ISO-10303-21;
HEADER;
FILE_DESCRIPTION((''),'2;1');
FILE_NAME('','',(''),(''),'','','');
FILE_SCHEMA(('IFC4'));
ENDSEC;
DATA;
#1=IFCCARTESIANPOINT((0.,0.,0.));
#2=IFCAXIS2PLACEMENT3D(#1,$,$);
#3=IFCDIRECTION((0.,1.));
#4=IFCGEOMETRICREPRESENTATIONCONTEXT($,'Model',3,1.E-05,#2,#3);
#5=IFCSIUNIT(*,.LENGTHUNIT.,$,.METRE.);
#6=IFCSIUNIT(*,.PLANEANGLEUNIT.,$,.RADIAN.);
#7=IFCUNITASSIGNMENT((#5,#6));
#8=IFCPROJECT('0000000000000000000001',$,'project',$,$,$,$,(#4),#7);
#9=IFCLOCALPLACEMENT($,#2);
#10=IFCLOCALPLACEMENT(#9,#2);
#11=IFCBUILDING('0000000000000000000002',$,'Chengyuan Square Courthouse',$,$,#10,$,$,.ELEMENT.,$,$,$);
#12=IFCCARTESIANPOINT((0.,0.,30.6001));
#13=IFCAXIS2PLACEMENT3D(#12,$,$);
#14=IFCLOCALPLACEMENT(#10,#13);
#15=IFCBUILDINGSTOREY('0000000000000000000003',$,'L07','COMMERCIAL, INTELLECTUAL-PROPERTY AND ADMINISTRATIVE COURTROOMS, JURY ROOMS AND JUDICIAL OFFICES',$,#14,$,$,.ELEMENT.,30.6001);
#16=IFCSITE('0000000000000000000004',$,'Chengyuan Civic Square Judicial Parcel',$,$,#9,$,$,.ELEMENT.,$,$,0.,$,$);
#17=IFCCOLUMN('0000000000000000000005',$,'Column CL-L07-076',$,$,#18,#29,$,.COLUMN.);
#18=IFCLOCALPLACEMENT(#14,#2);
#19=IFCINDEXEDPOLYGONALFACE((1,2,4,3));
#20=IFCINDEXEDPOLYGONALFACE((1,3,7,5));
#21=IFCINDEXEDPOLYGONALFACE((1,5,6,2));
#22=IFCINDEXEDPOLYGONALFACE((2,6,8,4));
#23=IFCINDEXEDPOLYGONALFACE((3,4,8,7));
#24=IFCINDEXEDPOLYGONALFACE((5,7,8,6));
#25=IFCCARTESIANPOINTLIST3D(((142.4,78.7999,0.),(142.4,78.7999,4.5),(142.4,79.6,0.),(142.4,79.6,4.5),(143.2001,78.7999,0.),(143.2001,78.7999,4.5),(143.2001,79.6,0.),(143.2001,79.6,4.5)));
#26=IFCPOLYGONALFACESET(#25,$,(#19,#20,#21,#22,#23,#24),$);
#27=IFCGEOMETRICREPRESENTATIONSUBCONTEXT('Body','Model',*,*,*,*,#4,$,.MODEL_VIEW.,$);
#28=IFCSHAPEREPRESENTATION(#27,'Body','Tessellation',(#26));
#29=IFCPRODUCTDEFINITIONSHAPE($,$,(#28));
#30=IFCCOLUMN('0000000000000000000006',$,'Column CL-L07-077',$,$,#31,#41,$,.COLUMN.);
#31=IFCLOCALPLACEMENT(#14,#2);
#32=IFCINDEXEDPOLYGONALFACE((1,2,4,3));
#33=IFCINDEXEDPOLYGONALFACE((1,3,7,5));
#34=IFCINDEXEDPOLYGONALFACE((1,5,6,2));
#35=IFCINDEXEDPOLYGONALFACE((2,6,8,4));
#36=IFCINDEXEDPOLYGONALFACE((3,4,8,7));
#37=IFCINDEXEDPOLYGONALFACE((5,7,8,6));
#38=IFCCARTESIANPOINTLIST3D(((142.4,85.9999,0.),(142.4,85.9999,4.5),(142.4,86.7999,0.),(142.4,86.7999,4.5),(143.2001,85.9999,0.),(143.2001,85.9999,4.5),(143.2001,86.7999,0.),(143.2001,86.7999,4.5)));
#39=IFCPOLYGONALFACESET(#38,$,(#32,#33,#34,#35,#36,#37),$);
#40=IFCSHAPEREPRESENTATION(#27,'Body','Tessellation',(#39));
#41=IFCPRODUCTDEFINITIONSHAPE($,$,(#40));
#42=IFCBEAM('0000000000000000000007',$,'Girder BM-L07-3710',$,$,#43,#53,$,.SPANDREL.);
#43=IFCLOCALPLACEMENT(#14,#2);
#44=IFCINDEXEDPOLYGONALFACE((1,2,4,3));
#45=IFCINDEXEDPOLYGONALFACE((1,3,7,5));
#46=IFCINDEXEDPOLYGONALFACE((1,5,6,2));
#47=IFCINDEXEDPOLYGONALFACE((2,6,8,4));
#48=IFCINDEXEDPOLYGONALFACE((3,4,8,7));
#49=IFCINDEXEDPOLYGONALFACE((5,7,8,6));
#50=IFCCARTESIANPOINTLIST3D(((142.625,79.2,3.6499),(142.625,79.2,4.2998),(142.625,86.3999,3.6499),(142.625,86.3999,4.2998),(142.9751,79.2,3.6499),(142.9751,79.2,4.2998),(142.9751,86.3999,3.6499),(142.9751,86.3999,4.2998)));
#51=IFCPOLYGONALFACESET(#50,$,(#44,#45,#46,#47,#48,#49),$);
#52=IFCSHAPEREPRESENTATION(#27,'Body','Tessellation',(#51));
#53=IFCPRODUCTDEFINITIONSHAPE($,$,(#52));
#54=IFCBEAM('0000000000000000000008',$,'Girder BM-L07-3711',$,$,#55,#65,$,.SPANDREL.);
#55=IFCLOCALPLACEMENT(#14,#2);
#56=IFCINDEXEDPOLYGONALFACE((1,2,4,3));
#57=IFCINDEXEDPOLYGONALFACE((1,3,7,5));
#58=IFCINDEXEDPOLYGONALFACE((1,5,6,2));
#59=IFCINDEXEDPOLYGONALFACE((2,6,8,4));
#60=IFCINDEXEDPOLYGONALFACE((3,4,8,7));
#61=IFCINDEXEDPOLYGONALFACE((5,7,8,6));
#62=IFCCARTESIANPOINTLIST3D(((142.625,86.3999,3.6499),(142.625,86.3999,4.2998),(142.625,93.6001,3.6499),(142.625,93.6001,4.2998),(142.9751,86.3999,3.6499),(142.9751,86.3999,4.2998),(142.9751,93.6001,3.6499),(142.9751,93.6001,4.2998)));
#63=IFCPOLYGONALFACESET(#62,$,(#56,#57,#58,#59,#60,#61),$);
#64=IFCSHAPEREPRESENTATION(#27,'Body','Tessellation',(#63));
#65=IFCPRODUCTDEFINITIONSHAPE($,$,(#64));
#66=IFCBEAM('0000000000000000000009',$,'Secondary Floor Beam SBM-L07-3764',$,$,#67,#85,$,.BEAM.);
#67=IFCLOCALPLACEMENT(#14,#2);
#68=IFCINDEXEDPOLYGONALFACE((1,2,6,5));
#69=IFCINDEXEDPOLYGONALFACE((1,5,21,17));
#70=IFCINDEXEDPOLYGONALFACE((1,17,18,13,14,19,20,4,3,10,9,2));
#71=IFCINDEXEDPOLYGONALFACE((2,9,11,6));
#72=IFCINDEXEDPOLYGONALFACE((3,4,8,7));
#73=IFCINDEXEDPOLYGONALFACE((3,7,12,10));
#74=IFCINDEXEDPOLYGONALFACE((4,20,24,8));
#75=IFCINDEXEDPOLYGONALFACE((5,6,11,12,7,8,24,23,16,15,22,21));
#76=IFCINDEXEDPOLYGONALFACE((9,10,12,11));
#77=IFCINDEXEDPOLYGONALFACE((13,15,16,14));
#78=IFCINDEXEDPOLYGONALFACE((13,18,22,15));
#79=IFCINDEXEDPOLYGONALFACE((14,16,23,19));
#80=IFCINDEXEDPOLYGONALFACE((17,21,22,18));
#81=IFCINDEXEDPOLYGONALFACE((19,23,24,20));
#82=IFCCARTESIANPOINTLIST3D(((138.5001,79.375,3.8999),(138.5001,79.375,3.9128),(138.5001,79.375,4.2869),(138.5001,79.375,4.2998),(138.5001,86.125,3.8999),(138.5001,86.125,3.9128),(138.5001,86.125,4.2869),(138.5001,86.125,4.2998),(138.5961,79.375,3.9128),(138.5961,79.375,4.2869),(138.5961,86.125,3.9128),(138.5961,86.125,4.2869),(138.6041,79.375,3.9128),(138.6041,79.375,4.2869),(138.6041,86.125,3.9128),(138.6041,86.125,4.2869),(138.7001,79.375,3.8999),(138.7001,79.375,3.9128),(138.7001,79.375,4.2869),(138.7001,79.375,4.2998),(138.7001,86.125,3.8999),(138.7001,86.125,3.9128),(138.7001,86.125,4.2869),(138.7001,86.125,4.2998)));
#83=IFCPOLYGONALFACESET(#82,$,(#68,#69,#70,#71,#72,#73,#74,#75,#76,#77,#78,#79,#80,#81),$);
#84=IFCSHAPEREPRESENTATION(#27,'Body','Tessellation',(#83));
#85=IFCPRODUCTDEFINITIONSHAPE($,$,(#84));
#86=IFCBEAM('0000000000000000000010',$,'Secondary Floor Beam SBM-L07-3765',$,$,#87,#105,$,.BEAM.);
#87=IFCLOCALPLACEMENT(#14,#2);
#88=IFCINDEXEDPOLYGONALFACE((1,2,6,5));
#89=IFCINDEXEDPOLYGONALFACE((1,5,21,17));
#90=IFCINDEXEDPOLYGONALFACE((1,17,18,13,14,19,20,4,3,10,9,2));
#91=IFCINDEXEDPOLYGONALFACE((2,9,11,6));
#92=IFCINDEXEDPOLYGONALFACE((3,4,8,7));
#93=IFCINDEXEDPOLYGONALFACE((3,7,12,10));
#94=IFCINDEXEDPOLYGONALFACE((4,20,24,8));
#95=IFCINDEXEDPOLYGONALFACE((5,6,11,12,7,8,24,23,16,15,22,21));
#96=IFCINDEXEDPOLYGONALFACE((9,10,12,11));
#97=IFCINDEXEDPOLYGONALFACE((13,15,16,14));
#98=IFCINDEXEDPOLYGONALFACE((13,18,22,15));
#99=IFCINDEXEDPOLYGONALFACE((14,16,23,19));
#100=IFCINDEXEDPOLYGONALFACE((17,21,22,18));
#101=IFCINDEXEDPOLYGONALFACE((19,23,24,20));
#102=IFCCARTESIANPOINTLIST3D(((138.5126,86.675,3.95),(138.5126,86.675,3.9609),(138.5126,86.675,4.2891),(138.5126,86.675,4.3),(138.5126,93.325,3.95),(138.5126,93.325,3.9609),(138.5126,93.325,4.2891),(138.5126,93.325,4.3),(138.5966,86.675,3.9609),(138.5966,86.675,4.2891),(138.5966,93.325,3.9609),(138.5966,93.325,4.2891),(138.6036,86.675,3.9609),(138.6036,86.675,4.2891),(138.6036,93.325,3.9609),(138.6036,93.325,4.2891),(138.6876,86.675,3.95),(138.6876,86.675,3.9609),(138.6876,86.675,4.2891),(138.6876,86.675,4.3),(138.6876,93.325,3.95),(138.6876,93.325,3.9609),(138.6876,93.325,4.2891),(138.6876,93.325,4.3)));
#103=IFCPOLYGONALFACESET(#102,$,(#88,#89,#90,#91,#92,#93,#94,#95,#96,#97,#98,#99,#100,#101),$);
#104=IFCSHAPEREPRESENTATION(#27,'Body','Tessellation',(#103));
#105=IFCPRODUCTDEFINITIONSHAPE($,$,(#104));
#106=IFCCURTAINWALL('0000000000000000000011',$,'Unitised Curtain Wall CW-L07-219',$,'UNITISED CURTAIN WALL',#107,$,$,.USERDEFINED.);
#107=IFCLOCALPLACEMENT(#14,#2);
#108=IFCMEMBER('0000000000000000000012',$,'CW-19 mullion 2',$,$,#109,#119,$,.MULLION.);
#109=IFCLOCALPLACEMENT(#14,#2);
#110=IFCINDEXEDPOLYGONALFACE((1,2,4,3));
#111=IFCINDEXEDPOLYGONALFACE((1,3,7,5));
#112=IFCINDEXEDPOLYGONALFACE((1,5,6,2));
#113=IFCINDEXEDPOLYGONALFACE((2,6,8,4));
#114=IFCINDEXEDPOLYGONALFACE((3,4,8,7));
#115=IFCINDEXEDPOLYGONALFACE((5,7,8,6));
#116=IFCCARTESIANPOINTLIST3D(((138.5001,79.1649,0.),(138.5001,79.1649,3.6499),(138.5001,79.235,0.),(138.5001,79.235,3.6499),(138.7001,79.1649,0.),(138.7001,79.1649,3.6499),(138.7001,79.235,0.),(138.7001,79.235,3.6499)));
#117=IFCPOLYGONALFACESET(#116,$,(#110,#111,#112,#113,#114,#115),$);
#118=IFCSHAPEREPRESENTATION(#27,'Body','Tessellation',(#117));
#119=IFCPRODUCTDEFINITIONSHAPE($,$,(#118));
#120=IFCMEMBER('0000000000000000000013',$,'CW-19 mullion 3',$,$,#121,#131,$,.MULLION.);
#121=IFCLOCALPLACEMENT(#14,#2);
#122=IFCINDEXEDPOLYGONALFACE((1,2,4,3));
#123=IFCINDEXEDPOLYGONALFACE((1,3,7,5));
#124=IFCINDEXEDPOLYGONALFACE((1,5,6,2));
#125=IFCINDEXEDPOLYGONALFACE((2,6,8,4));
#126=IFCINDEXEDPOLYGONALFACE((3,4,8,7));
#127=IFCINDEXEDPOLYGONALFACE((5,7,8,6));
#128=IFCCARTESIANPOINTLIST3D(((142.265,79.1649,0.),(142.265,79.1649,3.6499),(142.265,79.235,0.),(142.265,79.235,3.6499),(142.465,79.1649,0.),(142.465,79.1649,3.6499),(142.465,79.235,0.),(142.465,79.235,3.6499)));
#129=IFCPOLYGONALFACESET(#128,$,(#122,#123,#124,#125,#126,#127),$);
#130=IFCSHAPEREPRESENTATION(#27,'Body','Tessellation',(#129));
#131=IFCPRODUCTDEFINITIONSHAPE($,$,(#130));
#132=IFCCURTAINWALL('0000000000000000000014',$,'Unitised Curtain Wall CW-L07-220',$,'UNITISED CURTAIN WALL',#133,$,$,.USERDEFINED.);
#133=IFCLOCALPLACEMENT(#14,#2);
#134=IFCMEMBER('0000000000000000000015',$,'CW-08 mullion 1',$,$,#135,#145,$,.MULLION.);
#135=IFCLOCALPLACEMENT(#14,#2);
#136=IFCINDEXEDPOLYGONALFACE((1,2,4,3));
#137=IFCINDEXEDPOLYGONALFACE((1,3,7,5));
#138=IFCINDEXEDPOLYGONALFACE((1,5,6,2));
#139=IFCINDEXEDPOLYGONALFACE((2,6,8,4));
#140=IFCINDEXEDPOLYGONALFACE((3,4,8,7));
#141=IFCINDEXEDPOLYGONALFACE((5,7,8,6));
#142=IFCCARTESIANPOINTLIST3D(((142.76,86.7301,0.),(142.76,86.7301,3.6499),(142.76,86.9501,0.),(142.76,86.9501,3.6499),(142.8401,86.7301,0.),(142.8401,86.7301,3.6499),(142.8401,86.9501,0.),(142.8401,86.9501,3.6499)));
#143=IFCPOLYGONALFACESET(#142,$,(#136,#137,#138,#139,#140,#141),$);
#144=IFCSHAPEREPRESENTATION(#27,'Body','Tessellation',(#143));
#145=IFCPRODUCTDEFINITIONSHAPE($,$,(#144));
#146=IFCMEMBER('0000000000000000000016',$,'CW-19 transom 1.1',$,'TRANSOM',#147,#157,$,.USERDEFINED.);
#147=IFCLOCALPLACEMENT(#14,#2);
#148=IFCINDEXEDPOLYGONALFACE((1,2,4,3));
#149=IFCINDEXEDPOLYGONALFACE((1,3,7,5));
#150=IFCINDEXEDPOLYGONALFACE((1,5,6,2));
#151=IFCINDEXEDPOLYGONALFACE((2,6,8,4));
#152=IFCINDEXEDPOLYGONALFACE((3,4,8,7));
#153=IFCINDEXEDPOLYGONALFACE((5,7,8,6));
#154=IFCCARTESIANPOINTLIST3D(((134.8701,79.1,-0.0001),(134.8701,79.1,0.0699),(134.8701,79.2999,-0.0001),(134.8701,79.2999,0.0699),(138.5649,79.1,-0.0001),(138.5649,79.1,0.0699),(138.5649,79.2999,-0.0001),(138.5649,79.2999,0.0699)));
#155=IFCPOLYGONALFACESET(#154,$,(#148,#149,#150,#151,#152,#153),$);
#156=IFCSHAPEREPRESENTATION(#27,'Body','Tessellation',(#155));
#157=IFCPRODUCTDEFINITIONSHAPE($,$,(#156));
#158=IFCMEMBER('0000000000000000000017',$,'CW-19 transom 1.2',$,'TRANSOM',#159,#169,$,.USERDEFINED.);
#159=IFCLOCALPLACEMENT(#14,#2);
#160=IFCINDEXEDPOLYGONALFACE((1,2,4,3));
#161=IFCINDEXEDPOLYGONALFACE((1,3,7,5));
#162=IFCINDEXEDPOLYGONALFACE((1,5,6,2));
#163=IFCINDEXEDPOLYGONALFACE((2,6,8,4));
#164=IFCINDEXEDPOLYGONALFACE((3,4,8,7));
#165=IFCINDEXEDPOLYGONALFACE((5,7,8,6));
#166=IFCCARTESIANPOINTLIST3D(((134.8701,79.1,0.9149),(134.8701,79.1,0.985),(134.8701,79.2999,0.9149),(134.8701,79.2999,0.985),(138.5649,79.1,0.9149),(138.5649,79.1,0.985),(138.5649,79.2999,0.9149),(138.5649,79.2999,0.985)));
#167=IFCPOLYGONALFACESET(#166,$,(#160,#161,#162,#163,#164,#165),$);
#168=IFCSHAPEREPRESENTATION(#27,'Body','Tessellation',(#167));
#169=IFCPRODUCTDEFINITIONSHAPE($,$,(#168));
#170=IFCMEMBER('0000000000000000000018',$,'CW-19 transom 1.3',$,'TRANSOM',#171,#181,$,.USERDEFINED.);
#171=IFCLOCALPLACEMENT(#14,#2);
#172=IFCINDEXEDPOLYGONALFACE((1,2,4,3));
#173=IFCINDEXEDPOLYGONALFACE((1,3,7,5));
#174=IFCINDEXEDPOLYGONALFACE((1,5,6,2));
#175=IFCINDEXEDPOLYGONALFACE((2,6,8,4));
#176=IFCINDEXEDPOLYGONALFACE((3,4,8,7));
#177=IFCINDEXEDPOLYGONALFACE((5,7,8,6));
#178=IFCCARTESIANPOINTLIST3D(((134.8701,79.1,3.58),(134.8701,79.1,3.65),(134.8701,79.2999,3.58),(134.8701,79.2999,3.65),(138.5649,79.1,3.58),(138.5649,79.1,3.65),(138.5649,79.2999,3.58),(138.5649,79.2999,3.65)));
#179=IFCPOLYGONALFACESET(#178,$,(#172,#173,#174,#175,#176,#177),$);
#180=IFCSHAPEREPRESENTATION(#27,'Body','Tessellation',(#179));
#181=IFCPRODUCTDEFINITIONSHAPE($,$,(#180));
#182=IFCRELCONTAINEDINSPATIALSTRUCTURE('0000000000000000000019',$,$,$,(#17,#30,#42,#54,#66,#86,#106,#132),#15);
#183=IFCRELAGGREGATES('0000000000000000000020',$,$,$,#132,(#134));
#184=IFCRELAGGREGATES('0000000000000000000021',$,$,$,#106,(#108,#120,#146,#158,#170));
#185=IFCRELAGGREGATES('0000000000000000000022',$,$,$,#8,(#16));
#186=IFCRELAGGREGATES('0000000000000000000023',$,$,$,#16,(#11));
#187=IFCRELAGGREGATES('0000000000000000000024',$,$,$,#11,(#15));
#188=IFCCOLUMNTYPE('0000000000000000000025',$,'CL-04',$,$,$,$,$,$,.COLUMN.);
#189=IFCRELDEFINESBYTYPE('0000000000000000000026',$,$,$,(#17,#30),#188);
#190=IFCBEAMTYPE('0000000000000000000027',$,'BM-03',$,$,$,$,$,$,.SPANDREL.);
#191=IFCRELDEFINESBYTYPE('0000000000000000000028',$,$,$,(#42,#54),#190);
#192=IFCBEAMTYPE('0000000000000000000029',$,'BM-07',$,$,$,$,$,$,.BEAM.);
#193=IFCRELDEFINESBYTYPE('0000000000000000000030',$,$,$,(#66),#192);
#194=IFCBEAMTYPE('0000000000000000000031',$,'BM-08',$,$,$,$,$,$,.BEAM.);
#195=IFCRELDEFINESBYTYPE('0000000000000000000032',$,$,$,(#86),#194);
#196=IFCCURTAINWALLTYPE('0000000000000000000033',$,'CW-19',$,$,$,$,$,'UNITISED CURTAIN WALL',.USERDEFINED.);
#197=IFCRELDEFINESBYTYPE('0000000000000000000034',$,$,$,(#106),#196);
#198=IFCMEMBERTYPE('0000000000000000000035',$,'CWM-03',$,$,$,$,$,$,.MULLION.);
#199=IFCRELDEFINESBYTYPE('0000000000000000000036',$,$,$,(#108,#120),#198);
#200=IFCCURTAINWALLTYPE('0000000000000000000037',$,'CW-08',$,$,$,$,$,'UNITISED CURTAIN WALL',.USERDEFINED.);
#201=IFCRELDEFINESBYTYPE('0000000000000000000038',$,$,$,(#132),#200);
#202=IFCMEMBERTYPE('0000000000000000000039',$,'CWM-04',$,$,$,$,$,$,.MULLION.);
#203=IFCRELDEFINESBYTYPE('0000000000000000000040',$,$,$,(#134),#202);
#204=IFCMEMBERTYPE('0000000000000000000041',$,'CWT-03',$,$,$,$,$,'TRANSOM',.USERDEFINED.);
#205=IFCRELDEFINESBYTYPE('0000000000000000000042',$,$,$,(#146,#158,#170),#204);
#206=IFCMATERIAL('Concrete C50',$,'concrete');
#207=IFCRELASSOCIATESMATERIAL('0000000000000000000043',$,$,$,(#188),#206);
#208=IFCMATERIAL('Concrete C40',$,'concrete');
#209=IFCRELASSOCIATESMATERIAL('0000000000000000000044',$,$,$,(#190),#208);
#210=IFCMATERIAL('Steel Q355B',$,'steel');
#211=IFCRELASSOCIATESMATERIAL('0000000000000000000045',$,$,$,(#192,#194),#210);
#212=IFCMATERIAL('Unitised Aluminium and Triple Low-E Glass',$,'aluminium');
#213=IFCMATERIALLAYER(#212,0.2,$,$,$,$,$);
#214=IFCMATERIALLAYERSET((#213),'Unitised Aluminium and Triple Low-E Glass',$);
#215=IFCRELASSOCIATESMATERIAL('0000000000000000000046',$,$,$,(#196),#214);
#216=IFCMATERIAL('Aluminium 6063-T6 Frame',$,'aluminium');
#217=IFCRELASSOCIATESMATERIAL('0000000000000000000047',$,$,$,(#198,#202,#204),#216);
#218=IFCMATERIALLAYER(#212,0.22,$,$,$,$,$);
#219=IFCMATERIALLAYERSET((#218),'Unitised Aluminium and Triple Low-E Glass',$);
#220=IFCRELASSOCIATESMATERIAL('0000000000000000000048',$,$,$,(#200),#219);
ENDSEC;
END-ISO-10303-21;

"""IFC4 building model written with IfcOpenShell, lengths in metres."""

from ifc_helpers import new_model, si_unit, direction, frame, origin, origin_2d, place, context, subcontext, project, spatial, rectangle, i_section, extrude, material, layer, layer_set, material_profile, profile_set, type_object, element, aggregate, save


model = new_model("IFC4")

# Units and contexts
model_context = context("Model", 3, precision=1e-05, world=origin(), true_north=direction((0.0, 1.0)))
body_context = subcontext(model_context, "Body", "Model", "MODEL_VIEW")
ifc_project = project(units=[si_unit("LENGTHUNIT", "METRE"), si_unit("PLANEANGLEUNIT", "RADIAN")], contexts=[model_context])

# Site, building, storey
site_placement = place(None, origin())
site = spatial("IfcSite", under=ifc_project, at=site_placement, Name="Chengyuan Civic Square Judicial Parcel", CompositionType="ELEMENT", RefElevation=0.0)
building_placement = place(site_placement, origin())
building = spatial("IfcBuilding", under=site, at=building_placement, Name="Chengyuan Square Courthouse", CompositionType="ELEMENT")
storey_placement = place(building_placement, frame((0.0, 0.0, 30.6001)))
storey = spatial("IfcBuildingStorey", under=building, at=storey_placement, Name="L07", Description="COMMERCIAL, INTELLECTUAL-PROPERTY AND ADMINISTRATIVE COURTROOMS, JURY ROOMS AND JUDICIAL OFFICES", CompositionType="ELEMENT", Elevation=30.6001)

# Columns
ifc_material_1 = material(Name="Concrete C50", Category="concrete")
ifc_material_profile_1 = material_profile(ifc_material_1, rectangle(XDim=0.8, YDim=0.8, at=origin_2d()), Name="RC-COL-800x800")
ifc_profile_set_1 = profile_set([ifc_material_profile_1], Name="Concrete C50")
column_type = type_object("IfcColumnType", Name="CL-04", PredefinedType="COLUMN", material=ifc_profile_set_1)
for number, where, z_axis, x_axis, name in (
    (1, (142.8, 79.2, 0.0), (0.0, 0.0, 1.0), (1.0, 0.0, 0.0), "Column CL-L07-076"),
    (2, (142.8, 86.3999, 0.0), (0.0, 0.0, 1.0), (1.0, 0.0, 0.0), "Column CL-L07-077"),
):
    element("IfcColumn", number, at=place(storey_placement, frame(where, z_axis=z_axis, x_axis=x_axis)), inside=storey, type_object=column_type, Name=name, PredefinedType="COLUMN", context=body_context, shape_type="SweptSolid", body=[
        extrude(rectangle(XDim=0.8, YDim=0.8, at=origin_2d()), origin(), (0.0, 0.0, 1.0), 4.5),
    ])

# Beams
ifc_material_2 = material(Name="Concrete C40", Category="concrete")
ifc_material_profile_2 = material_profile(ifc_material_2, rectangle(XDim=0.3501, YDim=0.6499, at=origin_2d()), Name="RC-BM-350x650")
ifc_profile_set_2 = profile_set([ifc_material_profile_2], Name="Concrete C40")
beam_type_1 = type_object("IfcBeamType", Name="BM-03", PredefinedType="SPANDREL", material=ifc_profile_set_2)
beam_1_placement = place(storey_placement, frame((142.8, 79.2, 3.9749), z_axis=(0.0, 1.0, 0.0), x_axis=(-1.0, 0.0, 0.0)))
element("IfcBeam", 3, at=beam_1_placement, inside=storey, type_object=beam_type_1, Name="Girder BM-L07-3710", PredefinedType="SPANDREL", context=body_context, shape_type="SweptSolid", body=[
    extrude(rectangle(XDim=0.3501, YDim=0.6499, at=origin_2d()), origin(), (0.0, 0.0, 1.0), 7.2),
])
beam_2_placement = place(storey_placement, frame((142.8, 86.3999, 3.9749), z_axis=(0.0, 1.0, 0.0), x_axis=(-1.0, 0.0, 0.0)))
element("IfcBeam", 4, at=beam_2_placement, inside=storey, type_object=beam_type_1, Name="Girder BM-L07-3711", PredefinedType="SPANDREL", context=body_context, shape_type="SweptSolid", body=[
    extrude(rectangle(XDim=0.3501, YDim=0.6499, at=origin_2d()), origin(), (0.0, 0.0, 1.0), 7.2002),
])
ifc_material_3 = material(Name="Steel Q355B", Category="steel")
ifc_material_profile_3 = material_profile(ifc_material_3, i_section(OverallWidth=0.2, OverallDepth=0.3999, WebThickness=0.0081, FlangeThickness=0.0129, at=origin_2d()), Name="HN 400x200x8x13")
ifc_profile_set_3 = profile_set([ifc_material_profile_3], Name="Steel Q355B")
beam_type_2 = type_object("IfcBeamType", Name="BM-07", PredefinedType="BEAM", material=ifc_profile_set_3)
beam_3_placement = place(storey_placement, frame((138.6001, 79.375, 4.0999), z_axis=(0.0, 1.0, 0.0), x_axis=(-1.0, 0.0, 0.0)))
element("IfcBeam", 5, at=beam_3_placement, inside=storey, type_object=beam_type_2, Name="Secondary Floor Beam SBM-L07-3764", PredefinedType="BEAM", context=body_context, shape_type="SweptSolid", body=[
    extrude(i_section(OverallWidth=0.2, OverallDepth=0.3999, WebThickness=0.0081, FlangeThickness=0.0129, at=origin_2d()), origin(), (0.0, 0.0, 1.0), 6.75),
])
ifc_material_profile_4 = material_profile(ifc_material_3, i_section(OverallWidth=0.175, OverallDepth=0.3501, WebThickness=0.0071, FlangeThickness=0.011, at=origin_2d()), Name="HN 350x175x7x11")
ifc_profile_set_4 = profile_set([ifc_material_profile_4], Name="Steel Q355B")
beam_type_3 = type_object("IfcBeamType", Name="BM-08", PredefinedType="BEAM", material=ifc_profile_set_4)
beam_4_placement = place(storey_placement, frame((138.6001, 86.675, 4.125), z_axis=(0.0, 1.0, 0.0), x_axis=(-1.0, 0.0, 0.0)))
element("IfcBeam", 6, at=beam_4_placement, inside=storey, type_object=beam_type_3, Name="Secondary Floor Beam SBM-L07-3765", PredefinedType="BEAM", context=body_context, shape_type="SweptSolid", body=[
    extrude(i_section(OverallWidth=0.175, OverallDepth=0.3501, WebThickness=0.0071, FlangeThickness=0.011, at=origin_2d()), origin(), (0.0, 0.0, 1.0), 6.6499),
])

# Curtain wall, members
ifc_material_4 = material(Name="Unitised Aluminium and Triple Low-E Glass", Category="aluminium")
ifc_layer_1 = layer(ifc_material_4, 0.2)
ifc_layer_set_1 = layer_set([ifc_layer_1], Name="Unitised Aluminium and Triple Low-E Glass")
curtain_wall_type_1 = type_object("IfcCurtainWallType", Name="CW-19", ElementType="UNITISED CURTAIN WALL", PredefinedType="USERDEFINED", material=ifc_layer_set_1)
curtain_wall_1_placement = place(storey_placement, origin())
curtain_wall_1 = element("IfcCurtainWall", 7, at=curtain_wall_1_placement, inside=storey, type_object=curtain_wall_type_1, Name="Unitised Curtain Wall CW-L07-219", ObjectType="UNITISED CURTAIN WALL", PredefinedType="USERDEFINED")
ifc_material_5 = material(Name="Aluminium 6063-T6 Frame", Category="aluminium")
ifc_material_profile_5 = material_profile(ifc_material_5, rectangle(XDim=0.0701, YDim=0.2, at=origin_2d()), Name="CW-MUL-70x200")
ifc_profile_set_5 = profile_set([ifc_material_profile_5], Name="Aluminium 6063-T6 Frame")
member_type_1 = type_object("IfcMemberType", Name="CWM-03", PredefinedType="MULLION", material=ifc_profile_set_5)
member_1_placement = place(storey_placement, frame((138.6001, 79.2, 0.0), z_axis=(0.0, 0.0, 1.0), x_axis=(0.0, 1.0, 0.0)))
member_1 = element("IfcMember", 8, at=member_1_placement, type_object=member_type_1, Name="CW-19 mullion 2", PredefinedType="MULLION", context=body_context, shape_type="SweptSolid", body=[
    extrude(rectangle(XDim=0.0701, YDim=0.2, at=origin_2d()), origin(), (0.0, 0.0, 1.0), 3.6499),
])
member_2_placement = place(storey_placement, frame((142.365, 79.2, 0.0), z_axis=(0.0, 0.0, 1.0), x_axis=(0.0, 1.0, 0.0)))
member_2 = element("IfcMember", 9, at=member_2_placement, type_object=member_type_1, Name="CW-19 mullion 3", PredefinedType="MULLION", context=body_context, shape_type="SweptSolid", body=[
    extrude(rectangle(XDim=0.0701, YDim=0.2, at=origin_2d()), origin(), (0.0, 0.0, 1.0), 3.6499),
])

# Curtain wall, member
ifc_layer_2 = layer(ifc_material_4, 0.22)
ifc_layer_set_2 = layer_set([ifc_layer_2], Name="Unitised Aluminium and Triple Low-E Glass")
curtain_wall_type_2 = type_object("IfcCurtainWallType", Name="CW-08", ElementType="UNITISED CURTAIN WALL", PredefinedType="USERDEFINED", material=ifc_layer_set_2)
curtain_wall_2_placement = place(storey_placement, origin())
curtain_wall_2 = element("IfcCurtainWall", 10, at=curtain_wall_2_placement, inside=storey, type_object=curtain_wall_type_2, Name="Unitised Curtain Wall CW-L07-220", ObjectType="UNITISED CURTAIN WALL", PredefinedType="USERDEFINED")
ifc_material_profile_6 = material_profile(ifc_material_5, rectangle(XDim=0.0801, YDim=0.22, at=origin_2d()), Name="CW-MUL-80x220")
ifc_profile_set_6 = profile_set([ifc_material_profile_6], Name="Aluminium 6063-T6 Frame")
member_type_2 = type_object("IfcMemberType", Name="CWM-04", PredefinedType="MULLION", material=ifc_profile_set_6)
member_3_placement = place(storey_placement, frame((142.8, 86.8401, 0.0), z_axis=(0.0, 0.0, 1.0), x_axis=(-1.0, 0.0, 0.0)))
member_3 = element("IfcMember", 11, at=member_3_placement, type_object=member_type_2, Name="CW-08 mullion 1", PredefinedType="MULLION", context=body_context, shape_type="SweptSolid", body=[
    extrude(rectangle(XDim=0.0801, YDim=0.22, at=origin_2d()), origin(), (0.0, 0.0, 1.0), 3.6499),
])

# Members
ifc_material_profile_7 = material_profile(ifc_material_5, rectangle(XDim=0.2, YDim=0.0701, at=origin_2d()), Name="CW-TRN-70x160")
ifc_profile_set_7 = profile_set([ifc_material_profile_7], Name="Aluminium 6063-T6 Frame")
member_type_3 = type_object("IfcMemberType", Name="CWT-03", ElementType="TRANSOM", PredefinedType="USERDEFINED", material=ifc_profile_set_7)
member_4_placement = place(storey_placement, frame((134.8701, 79.2, 0.0349), z_axis=(1.0, 0.0, 0.0), x_axis=(0.0, 1.0, 0.0)))
member_4 = element("IfcMember", 12, at=member_4_placement, type_object=member_type_3, Name="CW-19 transom 1.1", ObjectType="TRANSOM", PredefinedType="USERDEFINED", context=body_context, shape_type="SweptSolid", body=[
    extrude(rectangle(XDim=0.2, YDim=0.0701, at=origin_2d()), origin(), (0.0, 0.0, 1.0), 3.6948),
])
member_5_placement = place(storey_placement, frame((134.8701, 79.2, 0.95), z_axis=(1.0, 0.0, 0.0), x_axis=(0.0, 1.0, 0.0)))
member_5 = element("IfcMember", 13, at=member_5_placement, type_object=member_type_3, Name="CW-19 transom 1.2", ObjectType="TRANSOM", PredefinedType="USERDEFINED", context=body_context, shape_type="SweptSolid", body=[
    extrude(rectangle(XDim=0.2, YDim=0.0701, at=origin_2d()), origin(), (0.0, 0.0, 1.0), 3.6948),
])
member_6_placement = place(storey_placement, frame((134.8701, 79.2, 3.615), z_axis=(1.0, 0.0, 0.0), x_axis=(0.0, 1.0, 0.0)))
member_6 = element("IfcMember", 14, at=member_6_placement, type_object=member_type_3, Name="CW-19 transom 1.3", ObjectType="TRANSOM", PredefinedType="USERDEFINED", context=body_context, shape_type="SweptSolid", body=[
    extrude(rectangle(XDim=0.2, YDim=0.0701, at=origin_2d()), origin(), (0.0, 0.0, 1.0), 3.6948),
])
aggregate(curtain_wall_2, [member_3])

aggregate(curtain_wall_1, [member_1, member_2, member_4, member_5, member_6])

save(model, "model.ifc")
